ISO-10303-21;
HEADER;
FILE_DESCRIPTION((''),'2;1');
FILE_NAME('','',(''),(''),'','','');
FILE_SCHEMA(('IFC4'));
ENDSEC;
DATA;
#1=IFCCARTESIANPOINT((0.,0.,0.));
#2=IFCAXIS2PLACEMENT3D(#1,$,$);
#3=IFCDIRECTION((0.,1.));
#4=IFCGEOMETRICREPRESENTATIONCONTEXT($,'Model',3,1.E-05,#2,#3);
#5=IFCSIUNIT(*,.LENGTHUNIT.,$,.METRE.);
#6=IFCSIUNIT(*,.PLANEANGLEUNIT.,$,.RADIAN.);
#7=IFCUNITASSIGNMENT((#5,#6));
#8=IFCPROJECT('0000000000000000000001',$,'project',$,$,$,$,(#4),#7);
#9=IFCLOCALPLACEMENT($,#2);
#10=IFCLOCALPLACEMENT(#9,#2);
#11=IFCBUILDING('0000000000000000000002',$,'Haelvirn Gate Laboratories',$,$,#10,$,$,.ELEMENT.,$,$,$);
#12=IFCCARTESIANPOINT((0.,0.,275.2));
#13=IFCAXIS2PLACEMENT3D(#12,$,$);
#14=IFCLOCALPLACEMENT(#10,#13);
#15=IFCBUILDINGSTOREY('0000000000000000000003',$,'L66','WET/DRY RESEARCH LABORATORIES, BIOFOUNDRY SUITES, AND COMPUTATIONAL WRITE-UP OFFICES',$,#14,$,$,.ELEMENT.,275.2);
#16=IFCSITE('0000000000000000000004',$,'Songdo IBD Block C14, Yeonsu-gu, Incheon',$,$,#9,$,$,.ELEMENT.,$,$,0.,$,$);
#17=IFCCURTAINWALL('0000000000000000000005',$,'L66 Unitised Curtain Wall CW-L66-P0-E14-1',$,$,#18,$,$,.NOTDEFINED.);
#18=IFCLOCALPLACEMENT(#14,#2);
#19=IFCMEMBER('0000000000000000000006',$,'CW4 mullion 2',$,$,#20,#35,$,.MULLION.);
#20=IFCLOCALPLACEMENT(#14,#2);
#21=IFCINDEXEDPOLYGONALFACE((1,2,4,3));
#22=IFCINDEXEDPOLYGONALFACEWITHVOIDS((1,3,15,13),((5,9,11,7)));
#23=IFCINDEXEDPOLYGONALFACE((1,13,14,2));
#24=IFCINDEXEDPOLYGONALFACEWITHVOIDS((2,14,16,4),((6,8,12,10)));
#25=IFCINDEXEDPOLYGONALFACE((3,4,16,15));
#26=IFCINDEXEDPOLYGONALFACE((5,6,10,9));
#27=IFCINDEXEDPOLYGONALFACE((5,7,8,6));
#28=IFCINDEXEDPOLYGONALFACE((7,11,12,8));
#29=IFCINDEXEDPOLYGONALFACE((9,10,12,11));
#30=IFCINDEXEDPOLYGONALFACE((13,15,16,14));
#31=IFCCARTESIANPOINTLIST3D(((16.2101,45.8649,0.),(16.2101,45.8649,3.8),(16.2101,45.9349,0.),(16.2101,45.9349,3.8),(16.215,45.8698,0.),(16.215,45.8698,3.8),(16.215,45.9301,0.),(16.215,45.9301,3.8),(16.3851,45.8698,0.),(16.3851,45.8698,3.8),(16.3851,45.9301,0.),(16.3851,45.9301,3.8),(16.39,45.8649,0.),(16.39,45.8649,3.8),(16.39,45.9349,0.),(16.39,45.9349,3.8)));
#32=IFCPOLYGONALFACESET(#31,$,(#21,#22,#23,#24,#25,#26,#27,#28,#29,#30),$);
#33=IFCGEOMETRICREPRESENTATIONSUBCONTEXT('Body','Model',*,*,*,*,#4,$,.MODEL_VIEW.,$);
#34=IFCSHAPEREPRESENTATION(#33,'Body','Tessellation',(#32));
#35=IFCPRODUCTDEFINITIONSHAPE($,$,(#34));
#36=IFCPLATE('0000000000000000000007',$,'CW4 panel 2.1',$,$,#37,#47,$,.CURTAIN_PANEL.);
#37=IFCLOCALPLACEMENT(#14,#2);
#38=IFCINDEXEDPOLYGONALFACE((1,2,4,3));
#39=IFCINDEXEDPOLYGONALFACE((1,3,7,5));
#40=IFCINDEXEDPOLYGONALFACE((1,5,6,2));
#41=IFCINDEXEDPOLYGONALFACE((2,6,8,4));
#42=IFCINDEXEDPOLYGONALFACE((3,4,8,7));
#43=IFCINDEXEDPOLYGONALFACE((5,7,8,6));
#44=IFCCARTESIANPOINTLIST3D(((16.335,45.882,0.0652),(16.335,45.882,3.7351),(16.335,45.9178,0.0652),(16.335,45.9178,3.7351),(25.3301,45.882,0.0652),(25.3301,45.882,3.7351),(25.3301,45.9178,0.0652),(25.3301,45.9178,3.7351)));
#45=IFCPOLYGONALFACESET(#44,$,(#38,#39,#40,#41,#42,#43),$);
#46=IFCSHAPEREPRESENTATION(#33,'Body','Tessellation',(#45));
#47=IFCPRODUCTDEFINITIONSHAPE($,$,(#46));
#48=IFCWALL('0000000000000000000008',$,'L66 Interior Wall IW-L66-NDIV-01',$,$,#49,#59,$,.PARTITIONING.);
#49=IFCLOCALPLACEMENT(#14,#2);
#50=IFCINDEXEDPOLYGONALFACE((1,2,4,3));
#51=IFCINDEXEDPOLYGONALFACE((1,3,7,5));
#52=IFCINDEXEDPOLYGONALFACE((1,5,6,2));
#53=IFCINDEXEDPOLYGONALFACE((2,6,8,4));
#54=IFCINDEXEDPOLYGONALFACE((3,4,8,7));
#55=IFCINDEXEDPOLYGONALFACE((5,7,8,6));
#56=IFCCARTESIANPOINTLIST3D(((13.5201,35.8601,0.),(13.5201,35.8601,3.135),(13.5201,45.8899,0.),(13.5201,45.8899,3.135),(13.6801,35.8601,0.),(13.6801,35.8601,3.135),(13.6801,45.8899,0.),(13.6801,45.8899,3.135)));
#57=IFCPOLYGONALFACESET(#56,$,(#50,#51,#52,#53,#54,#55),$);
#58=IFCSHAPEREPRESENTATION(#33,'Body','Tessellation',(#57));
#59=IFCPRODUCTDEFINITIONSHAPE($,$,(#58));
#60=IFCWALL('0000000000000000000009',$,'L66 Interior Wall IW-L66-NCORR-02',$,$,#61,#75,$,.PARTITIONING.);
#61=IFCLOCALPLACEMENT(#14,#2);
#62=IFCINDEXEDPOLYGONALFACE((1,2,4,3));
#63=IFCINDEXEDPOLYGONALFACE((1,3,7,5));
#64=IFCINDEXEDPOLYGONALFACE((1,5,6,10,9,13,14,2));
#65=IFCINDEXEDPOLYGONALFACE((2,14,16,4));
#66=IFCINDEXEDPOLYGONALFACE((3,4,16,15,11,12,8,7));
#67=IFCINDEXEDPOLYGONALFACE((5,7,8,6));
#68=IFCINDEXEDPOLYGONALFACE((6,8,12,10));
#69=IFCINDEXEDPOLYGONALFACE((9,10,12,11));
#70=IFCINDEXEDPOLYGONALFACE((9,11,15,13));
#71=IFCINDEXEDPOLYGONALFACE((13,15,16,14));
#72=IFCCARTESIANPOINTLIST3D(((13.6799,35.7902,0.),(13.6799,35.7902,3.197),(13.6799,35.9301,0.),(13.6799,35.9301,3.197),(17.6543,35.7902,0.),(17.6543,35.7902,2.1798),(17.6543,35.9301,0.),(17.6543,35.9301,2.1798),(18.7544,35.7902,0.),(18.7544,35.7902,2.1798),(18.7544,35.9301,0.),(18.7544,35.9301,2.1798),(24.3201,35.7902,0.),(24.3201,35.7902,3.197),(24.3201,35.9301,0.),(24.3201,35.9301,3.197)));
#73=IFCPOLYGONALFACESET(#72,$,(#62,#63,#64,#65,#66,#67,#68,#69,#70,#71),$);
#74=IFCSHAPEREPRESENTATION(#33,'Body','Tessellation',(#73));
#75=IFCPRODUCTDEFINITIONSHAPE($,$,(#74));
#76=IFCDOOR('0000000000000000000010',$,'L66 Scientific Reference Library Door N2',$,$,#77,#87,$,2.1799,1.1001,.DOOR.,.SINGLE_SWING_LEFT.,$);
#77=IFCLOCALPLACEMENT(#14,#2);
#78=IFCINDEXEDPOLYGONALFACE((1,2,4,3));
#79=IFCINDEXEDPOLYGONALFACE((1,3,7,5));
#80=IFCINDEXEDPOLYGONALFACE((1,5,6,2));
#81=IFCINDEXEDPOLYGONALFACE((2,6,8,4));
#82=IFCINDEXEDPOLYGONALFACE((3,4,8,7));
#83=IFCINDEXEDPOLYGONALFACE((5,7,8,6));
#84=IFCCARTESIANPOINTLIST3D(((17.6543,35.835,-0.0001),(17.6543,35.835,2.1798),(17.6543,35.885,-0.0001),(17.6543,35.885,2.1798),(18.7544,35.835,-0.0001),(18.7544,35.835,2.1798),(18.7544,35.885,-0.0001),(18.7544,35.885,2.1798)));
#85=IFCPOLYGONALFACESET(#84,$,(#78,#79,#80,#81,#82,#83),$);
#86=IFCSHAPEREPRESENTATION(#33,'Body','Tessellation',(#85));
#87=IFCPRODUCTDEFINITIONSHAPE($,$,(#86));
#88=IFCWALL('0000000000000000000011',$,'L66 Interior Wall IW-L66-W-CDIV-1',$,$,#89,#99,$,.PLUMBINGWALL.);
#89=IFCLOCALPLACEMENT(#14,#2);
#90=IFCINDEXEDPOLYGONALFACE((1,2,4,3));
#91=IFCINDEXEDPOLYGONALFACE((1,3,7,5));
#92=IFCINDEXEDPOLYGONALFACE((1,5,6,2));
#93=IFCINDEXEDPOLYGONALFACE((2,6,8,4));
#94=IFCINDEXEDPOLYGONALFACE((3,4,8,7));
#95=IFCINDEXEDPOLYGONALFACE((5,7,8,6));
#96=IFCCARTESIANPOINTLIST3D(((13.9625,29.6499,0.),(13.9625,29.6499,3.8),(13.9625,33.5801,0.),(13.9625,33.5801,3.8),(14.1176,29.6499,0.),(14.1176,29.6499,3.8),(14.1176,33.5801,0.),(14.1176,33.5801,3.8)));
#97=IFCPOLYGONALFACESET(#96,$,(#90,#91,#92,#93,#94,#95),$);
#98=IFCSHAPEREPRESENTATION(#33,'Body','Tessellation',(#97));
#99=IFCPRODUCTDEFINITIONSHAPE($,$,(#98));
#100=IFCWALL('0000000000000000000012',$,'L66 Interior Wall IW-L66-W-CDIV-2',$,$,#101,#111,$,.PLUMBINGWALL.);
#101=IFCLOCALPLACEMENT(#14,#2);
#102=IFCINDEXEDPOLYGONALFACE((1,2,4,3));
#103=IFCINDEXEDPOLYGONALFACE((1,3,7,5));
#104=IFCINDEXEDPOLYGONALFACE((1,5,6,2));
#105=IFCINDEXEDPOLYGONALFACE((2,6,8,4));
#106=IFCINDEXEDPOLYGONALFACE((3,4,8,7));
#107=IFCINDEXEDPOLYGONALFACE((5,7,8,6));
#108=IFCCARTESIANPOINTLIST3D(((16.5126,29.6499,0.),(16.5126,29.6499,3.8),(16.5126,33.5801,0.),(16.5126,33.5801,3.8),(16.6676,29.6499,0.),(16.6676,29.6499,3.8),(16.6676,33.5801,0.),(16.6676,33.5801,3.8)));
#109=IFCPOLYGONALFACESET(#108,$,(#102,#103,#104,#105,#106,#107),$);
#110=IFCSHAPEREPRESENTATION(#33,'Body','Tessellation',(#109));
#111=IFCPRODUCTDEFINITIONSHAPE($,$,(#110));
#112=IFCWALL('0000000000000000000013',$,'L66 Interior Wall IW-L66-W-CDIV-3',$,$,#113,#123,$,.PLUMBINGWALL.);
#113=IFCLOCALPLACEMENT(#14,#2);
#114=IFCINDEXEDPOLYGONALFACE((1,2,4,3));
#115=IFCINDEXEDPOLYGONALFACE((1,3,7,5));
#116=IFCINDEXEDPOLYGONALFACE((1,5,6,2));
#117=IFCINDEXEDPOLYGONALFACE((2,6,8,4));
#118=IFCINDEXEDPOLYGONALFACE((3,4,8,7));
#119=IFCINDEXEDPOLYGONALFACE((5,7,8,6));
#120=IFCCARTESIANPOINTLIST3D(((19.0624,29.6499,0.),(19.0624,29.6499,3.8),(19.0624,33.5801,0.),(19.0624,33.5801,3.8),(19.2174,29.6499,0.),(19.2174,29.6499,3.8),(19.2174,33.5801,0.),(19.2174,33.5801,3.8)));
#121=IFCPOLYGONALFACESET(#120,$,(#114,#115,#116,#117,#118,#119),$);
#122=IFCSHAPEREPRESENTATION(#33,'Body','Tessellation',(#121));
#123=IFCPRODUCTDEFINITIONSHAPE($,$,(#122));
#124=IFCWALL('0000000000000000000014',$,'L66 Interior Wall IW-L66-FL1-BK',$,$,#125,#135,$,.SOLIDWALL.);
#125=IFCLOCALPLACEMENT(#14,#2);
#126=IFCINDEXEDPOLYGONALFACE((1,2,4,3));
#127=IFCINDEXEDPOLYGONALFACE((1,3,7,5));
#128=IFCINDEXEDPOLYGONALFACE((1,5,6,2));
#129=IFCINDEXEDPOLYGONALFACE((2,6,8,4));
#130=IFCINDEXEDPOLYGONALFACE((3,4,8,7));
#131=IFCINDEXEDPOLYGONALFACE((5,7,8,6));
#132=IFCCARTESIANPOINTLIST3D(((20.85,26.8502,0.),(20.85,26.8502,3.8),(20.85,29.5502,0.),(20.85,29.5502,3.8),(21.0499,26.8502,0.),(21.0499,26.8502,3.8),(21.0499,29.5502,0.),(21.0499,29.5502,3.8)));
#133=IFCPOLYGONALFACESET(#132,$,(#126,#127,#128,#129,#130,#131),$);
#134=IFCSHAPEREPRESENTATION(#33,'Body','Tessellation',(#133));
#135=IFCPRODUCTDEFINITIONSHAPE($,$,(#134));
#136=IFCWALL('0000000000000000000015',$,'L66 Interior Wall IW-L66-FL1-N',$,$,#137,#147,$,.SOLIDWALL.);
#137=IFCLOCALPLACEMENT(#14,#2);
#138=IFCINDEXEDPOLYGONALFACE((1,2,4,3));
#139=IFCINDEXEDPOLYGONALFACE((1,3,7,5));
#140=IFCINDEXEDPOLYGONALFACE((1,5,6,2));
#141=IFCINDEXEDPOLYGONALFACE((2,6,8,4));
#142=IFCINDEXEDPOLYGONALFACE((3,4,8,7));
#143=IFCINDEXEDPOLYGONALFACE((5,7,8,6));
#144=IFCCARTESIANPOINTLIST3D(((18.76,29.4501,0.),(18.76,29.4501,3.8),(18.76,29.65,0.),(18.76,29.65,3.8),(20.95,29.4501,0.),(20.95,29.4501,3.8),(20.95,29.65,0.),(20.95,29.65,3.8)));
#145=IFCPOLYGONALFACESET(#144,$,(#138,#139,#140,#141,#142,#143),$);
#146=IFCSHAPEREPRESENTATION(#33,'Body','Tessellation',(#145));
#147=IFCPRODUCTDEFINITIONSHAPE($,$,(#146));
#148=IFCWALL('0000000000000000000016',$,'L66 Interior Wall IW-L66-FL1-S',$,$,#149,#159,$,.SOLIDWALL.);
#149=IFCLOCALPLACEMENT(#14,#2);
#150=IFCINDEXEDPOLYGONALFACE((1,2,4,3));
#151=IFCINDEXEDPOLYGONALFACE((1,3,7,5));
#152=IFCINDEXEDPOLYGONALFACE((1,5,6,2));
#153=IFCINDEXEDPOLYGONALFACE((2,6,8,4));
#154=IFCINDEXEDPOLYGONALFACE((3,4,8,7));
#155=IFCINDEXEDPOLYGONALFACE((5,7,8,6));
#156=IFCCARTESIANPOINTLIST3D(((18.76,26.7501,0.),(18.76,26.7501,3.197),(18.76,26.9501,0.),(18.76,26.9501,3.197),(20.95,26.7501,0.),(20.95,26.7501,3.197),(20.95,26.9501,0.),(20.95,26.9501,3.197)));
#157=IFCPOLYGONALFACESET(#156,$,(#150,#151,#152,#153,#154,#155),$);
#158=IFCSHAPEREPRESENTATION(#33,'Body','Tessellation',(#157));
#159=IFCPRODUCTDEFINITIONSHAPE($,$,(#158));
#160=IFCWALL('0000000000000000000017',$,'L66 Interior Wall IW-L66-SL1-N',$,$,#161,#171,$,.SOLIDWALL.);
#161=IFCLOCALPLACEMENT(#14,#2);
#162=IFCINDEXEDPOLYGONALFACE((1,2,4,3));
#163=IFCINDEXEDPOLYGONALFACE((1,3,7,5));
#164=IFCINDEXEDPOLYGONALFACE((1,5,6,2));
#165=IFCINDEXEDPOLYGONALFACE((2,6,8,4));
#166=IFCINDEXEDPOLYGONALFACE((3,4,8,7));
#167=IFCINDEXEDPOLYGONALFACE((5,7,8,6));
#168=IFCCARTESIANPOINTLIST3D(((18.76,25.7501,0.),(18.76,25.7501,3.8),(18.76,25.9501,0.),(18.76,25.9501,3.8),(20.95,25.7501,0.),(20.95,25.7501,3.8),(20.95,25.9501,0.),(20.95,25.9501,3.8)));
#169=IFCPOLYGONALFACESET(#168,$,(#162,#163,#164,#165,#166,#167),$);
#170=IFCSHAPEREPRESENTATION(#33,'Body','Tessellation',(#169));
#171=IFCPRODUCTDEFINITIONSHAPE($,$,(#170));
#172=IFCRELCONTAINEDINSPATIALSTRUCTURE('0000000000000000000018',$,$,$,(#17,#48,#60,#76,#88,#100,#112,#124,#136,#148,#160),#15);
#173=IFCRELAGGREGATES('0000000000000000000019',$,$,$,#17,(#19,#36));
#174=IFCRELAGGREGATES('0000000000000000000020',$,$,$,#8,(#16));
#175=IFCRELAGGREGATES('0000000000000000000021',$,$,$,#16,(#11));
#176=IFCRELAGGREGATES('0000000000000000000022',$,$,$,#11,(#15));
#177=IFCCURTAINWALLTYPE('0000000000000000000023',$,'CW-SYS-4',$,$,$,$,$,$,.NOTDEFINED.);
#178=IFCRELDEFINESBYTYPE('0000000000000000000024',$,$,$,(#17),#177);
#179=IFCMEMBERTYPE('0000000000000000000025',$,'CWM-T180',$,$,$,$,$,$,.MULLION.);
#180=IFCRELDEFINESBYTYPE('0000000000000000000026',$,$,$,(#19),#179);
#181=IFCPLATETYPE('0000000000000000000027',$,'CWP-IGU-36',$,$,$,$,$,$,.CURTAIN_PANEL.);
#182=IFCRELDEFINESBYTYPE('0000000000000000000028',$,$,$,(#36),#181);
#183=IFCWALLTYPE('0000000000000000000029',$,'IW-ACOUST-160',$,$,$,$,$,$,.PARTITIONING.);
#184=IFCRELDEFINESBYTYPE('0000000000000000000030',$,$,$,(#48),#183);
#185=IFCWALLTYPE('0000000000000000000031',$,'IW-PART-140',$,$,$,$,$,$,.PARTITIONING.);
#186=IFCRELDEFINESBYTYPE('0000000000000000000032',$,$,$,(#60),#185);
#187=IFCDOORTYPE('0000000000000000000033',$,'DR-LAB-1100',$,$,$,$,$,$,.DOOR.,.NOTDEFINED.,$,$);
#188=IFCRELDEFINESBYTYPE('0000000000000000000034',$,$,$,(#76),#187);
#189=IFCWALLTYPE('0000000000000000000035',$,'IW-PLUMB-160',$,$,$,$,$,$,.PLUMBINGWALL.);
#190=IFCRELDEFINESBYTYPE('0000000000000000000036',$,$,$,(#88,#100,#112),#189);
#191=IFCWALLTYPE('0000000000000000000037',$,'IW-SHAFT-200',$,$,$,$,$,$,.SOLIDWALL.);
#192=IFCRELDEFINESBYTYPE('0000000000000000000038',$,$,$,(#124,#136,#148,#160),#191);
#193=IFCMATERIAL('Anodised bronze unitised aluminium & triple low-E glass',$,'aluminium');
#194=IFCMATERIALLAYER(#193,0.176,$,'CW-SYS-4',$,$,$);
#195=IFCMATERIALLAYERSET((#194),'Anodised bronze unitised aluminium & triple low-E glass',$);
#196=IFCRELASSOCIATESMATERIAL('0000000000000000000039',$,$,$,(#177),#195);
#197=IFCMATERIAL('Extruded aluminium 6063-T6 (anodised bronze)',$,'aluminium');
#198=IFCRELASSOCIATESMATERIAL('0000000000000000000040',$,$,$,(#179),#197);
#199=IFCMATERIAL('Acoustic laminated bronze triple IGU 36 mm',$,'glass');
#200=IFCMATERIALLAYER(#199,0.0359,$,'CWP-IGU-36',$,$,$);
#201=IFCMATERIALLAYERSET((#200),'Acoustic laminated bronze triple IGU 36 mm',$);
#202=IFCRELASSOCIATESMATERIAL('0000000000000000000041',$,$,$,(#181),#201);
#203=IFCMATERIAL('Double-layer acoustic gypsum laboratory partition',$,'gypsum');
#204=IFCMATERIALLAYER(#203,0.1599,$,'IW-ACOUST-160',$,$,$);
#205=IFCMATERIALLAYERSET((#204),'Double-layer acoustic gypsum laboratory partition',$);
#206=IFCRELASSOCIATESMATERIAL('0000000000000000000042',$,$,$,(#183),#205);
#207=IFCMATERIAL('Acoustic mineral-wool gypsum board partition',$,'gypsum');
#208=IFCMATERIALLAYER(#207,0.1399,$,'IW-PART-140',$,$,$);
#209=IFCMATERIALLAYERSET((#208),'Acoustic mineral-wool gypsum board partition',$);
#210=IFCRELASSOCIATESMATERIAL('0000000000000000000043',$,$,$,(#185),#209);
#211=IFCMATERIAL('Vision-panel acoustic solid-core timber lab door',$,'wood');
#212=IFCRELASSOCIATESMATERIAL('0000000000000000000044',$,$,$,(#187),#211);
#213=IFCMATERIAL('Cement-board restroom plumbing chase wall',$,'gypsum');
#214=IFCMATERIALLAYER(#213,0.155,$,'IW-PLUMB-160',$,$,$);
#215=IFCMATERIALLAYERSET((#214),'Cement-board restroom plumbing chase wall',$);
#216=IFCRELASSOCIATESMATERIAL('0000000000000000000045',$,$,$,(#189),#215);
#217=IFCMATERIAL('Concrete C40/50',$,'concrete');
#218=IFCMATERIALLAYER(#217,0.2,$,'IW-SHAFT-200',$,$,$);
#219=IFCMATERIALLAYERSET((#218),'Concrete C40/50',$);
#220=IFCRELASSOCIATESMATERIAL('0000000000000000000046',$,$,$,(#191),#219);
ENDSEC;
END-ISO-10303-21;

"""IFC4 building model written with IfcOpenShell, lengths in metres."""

from ifc_helpers import new_model, si_unit, direction, frame, frame_2d, origin, origin_2d, place, context, subcontext, project, spatial, rectangle, hollow_rectangle, extrude, source, transform, mapped, material, layer, layer_set, material_profile, profile_set, type_object, type_shapes, element, fill, aggregate, save


model = new_model("IFC4")

# Units and contexts
model_context = context("Model", 3, precision=1e-05, world=origin(), true_north=direction((0.0, 1.0)))
body_context = subcontext(model_context, "Body", "Model", "MODEL_VIEW")
ifc_project = project(units=[si_unit("LENGTHUNIT", "METRE"), si_unit("PLANEANGLEUNIT", "RADIAN")], contexts=[model_context])

# Site, building, storey
site_placement = place(None, origin())
site = spatial("IfcSite", under=ifc_project, at=site_placement, Name="Songdo IBD Block C14, Yeonsu-gu, Incheon", CompositionType="ELEMENT", RefElevation=0.0)
building_placement = place(site_placement, origin())
building = spatial("IfcBuilding", under=site, at=building_placement, Name="Haelvirn Gate Laboratories", CompositionType="ELEMENT")
storey_placement = place(building_placement, frame((0.0, 0.0, 275.2)))
storey = spatial("IfcBuildingStorey", under=building, at=storey_placement, Name="L66", Description="WET/DRY RESEARCH LABORATORIES, BIOFOUNDRY SUITES, AND COMPUTATIONAL WRITE-UP OFFICES", CompositionType="ELEMENT", Elevation=275.2)

# Curtain wall, member, plate
ifc_material_1 = material(Name="Anodised bronze unitised aluminium & triple low-E glass", Category="aluminium")
ifc_layer_1 = layer(ifc_material_1, 0.176, Name="CW-SYS-4")
ifc_layer_set_1 = layer_set([ifc_layer_1], Name="Anodised bronze unitised aluminium & triple low-E glass")
curtain_wall_type = type_object("IfcCurtainWallType", Name="CW-SYS-4", PredefinedType="NOTDEFINED", material=ifc_layer_set_1)
curtain_wall_placement = place(storey_placement, origin())
curtain_wall = element("IfcCurtainWall", 1, at=curtain_wall_placement, inside=storey, type_object=curtain_wall_type, Name="L66 Unitised Curtain Wall CW-L66-P0-E14-1", PredefinedType="NOTDEFINED")
ifc_material_2 = material(Name="Extruded aluminium 6063-T6 (anodised bronze)", Category="aluminium")
ifc_material_profile_1 = material_profile(ifc_material_2, hollow_rectangle(XDim=0.0701, YDim=0.1799, WallThickness=0.0049, at=origin_2d()), Name="CWM-180x70x5")
ifc_profile_set_1 = profile_set([ifc_material_profile_1], Name="Extruded aluminium 6063-T6 (anodised bronze)")
member_type_1 = type_object("IfcMemberType", Name="CWM-T180", PredefinedType="MULLION", material=ifc_profile_set_1)
shared_shape_1 = source(origin(), body_context, "Body", "SweptSolid", [
    extrude(hollow_rectangle(XDim=0.0701, YDim=0.1799, WallThickness=0.0049, at=origin_2d()), origin(), (0.0, 0.0, 1.0), 3.8),
])
type_shapes(member_type_1, [shared_shape_1])
member_1_placement = place(storey_placement, frame((16.3, 45.8999, 0.0), z_axis=(0.0, 0.0, 1.0), x_axis=(0.0, 1.0, 0.0)))
member_1 = element("IfcMember", 2, at=member_1_placement, type_object=member_type_1, Name="CW4 mullion 2", PredefinedType="MULLION", context=body_context, shape_type="MappedRepresentation", body=[
    mapped(shared_shape_1, transform((0.0, 0.0, 0.0), scale=1.0)),
])
ifc_material_3 = material(Name="Acoustic laminated bronze triple IGU 36 mm", Category="glass")
ifc_layer_2 = layer(ifc_material_3, 0.0359, Name="CWP-IGU-36")
ifc_layer_set_2 = layer_set([ifc_layer_2], Name="Acoustic laminated bronze triple IGU 36 mm")
plate_type = type_object("IfcPlateType", Name="CWP-IGU-36", PredefinedType="CURTAIN_PANEL", material=ifc_layer_set_2)
shared_shape_2 = source(origin(), body_context, "Body", "SweptSolid", [
    extrude(rectangle(XDim=8.9951, YDim=0.0359, at=origin_2d()), origin(), (0.0, 0.0, 1.0), 3.6699),
])
type_shapes(plate_type, [shared_shape_2])
plate_placement = place(storey_placement, frame((20.8325, 45.8999, 0.0652), z_axis=(0.0, 0.0, 1.0), x_axis=(1.0, 0.0, 0.0)))
plate = element("IfcPlate", 3, at=plate_placement, type_object=plate_type, Name="CW4 panel 2.1", PredefinedType="CURTAIN_PANEL", context=body_context, shape_type="MappedRepresentation", body=[
    mapped(shared_shape_2, transform((0.0, 0.0, 0.0), scale=1.0)),
])
aggregate(curtain_wall, [member_1, plate])

# Wall
ifc_material_4 = material(Name="Double-layer acoustic gypsum laboratory partition", Category="gypsum")
ifc_layer_3 = layer(ifc_material_4, 0.1599, Name="IW-ACOUST-160")
ifc_layer_set_3 = layer_set([ifc_layer_3], Name="Double-layer acoustic gypsum laboratory partition")
wall_type_1 = type_object("IfcWallType", Name="IW-ACOUST-160", PredefinedType="PARTITIONING", material=ifc_layer_set_3)
wall_1_placement = place(storey_placement, frame((13.6001, 35.8601, 0.0), z_axis=(0.0, 0.0, 1.0), x_axis=(0.0, 1.0, 0.0)))
element("IfcWall", 4, at=wall_1_placement, inside=storey, type_object=wall_type_1, Name="L66 Interior Wall IW-L66-NDIV-01", PredefinedType="PARTITIONING", context=body_context, shape_type="SweptSolid", body=[
    extrude(rectangle(XDim=10.0298, YDim=0.1599, at=frame_2d((5.0149, 0.0))), origin(), (0.0, 0.0, 1.0), 3.135),
])

# Wall, opening, door
ifc_material_5 = material(Name="Acoustic mineral-wool gypsum board partition", Category="gypsum")
ifc_layer_4 = layer(ifc_material_5, 0.1399, Name="IW-PART-140")
ifc_layer_set_4 = layer_set([ifc_layer_4], Name="Acoustic mineral-wool gypsum board partition")
wall_type_2 = type_object("IfcWallType", Name="IW-PART-140", PredefinedType="PARTITIONING", material=ifc_layer_set_4)
wall_2_placement = place(storey_placement, frame((13.6799, 35.8601, 0.0), z_axis=(0.0, 0.0, 1.0), x_axis=(1.0, 0.0, 0.0)))
wall_2 = element("IfcWall", 5, at=wall_2_placement, inside=storey, type_object=wall_type_2, Name="L66 Interior Wall IW-L66-NCORR-02", PredefinedType="PARTITIONING", context=body_context, shape_type="SweptSolid", body=[
    extrude(rectangle(XDim=10.6401, YDim=0.1399, at=frame_2d((5.3201, 0.0))), origin(), (0.0, 0.0, 1.0), 3.197),
])
opening_placement = place(wall_2_placement, frame((3.9744, 0.0, 0.0)))
opening = element("IfcOpeningElement", 6, at=opening_placement, cuts=wall_2, PredefinedType="OPENING", context=body_context, shape_type="SweptSolid", body=[
    extrude(rectangle(XDim=1.1001, YDim=2.1799, at=frame_2d((0.55, 1.0898))), frame((0.0, 0.0801, 0.0), z_axis=(0.0, -1.0, 0.0), x_axis=(1.0, 0.0, 0.0)), (0.0, 0.0, 1.0), 0.1599),
])
ifc_material_6 = material(Name="Vision-panel acoustic solid-core timber lab door", Category="wood")
door_type = type_object("IfcDoorType", Name="DR-LAB-1100", OperationType="NOTDEFINED", PredefinedType="DOOR", material=ifc_material_6)
shared_shape_3 = source(origin(), body_context, "Body", "SweptSolid", [
    extrude(rectangle(XDim=1.1001, YDim=2.1799, at=frame_2d((0.55, 1.0898))), frame((0.0, 0.0249, 0.0), z_axis=(0.0, -1.0, 0.0), x_axis=(1.0, 0.0, 0.0)), (0.0, 0.0, 1.0), 0.05),
])
type_shapes(door_type, [shared_shape_3])
door_placement = place(opening_placement, origin())
door = element("IfcDoor", 7, at=door_placement, inside=storey, type_object=door_type, Name="L66 Scientific Reference Library Door N2", OperationType="SINGLE_SWING_LEFT", OverallHeight=2.1799, OverallWidth=1.1001, PredefinedType="DOOR", context=body_context, shape_type="MappedRepresentation", body=[
    mapped(shared_shape_3, transform((0.0, 0.0, 0.0), scale=1.0)),
])
fill(opening, door)

# Walls
ifc_material_7 = material(Name="Cement-board restroom plumbing chase wall", Category="gypsum")
ifc_layer_5 = layer(ifc_material_7, 0.155, Name="IW-PLUMB-160")
ifc_layer_set_5 = layer_set([ifc_layer_5], Name="Cement-board restroom plumbing chase wall")
wall_type_3 = type_object("IfcWallType", Name="IW-PLUMB-160", PredefinedType="PLUMBINGWALL", material=ifc_layer_set_5)
for number, where, z_axis, x_axis, name in (
    (8, (14.04, 29.6499, 0.0), (0.0, 0.0, 1.0), (0.0, 1.0, 0.0), "L66 Interior Wall IW-L66-W-CDIV-1"),
    (9, (16.5901, 29.6499, 0.0), (0.0, 0.0, 1.0), (0.0, 1.0, 0.0), "L66 Interior Wall IW-L66-W-CDIV-2"),
    (10, (19.1399, 29.6499, 0.0), (0.0, 0.0, 1.0), (0.0, 1.0, 0.0), "L66 Interior Wall IW-L66-W-CDIV-3"),
):
    element("IfcWall", number, at=place(storey_placement, frame(where, z_axis=z_axis, x_axis=x_axis)), inside=storey, type_object=wall_type_3, Name=name, PredefinedType="PLUMBINGWALL", context=body_context, shape_type="SweptSolid", body=[
        extrude(rectangle(XDim=3.9302, YDim=0.155, at=frame_2d((1.9651, 0.0))), origin(), (0.0, 0.0, 1.0), 3.8),
    ])
ifc_material_8 = material(Name="Concrete C40/50", Category="concrete")
ifc_layer_6 = layer(ifc_material_8, 0.2, Name="IW-SHAFT-200")
ifc_layer_set_6 = layer_set([ifc_layer_6], Name="Concrete C40/50")
wall_type_4 = type_object("IfcWallType", Name="IW-SHAFT-200", PredefinedType="SOLIDWALL", material=ifc_layer_set_6)
wall_3_placement = place(storey_placement, frame((20.95, 26.8501, 0.0), z_axis=(0.0, 0.0, 1.0), x_axis=(0.0, 1.0, 0.0)))
element("IfcWall", 11, at=wall_3_placement, inside=storey, type_object=wall_type_4, Name="L66 Interior Wall IW-L66-FL1-BK", PredefinedType="SOLIDWALL", context=body_context, shape_type="SweptSolid", body=[
    extrude(rectangle(XDim=2.7, YDim=0.2, at=frame_2d((1.3501, 0.0))), origin(), (0.0, 0.0, 1.0), 3.8),
])
wall_4_placement = place(storey_placement, frame((18.76, 29.55, 0.0), z_axis=(0.0, 0.0, 1.0), x_axis=(1.0, 0.0, 0.0)))
element("IfcWall", 12, at=wall_4_placement, inside=storey, type_object=wall_type_4, Name="L66 Interior Wall IW-L66-FL1-N", PredefinedType="SOLIDWALL", context=body_context, shape_type="SweptSolid", body=[
    extrude(rectangle(XDim=2.1899, YDim=0.2, at=frame_2d((1.095, 0.0))), origin(), (0.0, 0.0, 1.0), 3.8),
])
wall_5_placement = place(storey_placement, frame((18.76, 26.8501, 0.0), z_axis=(0.0, 0.0, 1.0), x_axis=(1.0, 0.0, 0.0)))
element("IfcWall", 13, at=wall_5_placement, inside=storey, type_object=wall_type_4, Name="L66 Interior Wall IW-L66-FL1-S", PredefinedType="SOLIDWALL", context=body_context, shape_type="SweptSolid", body=[
    extrude(rectangle(XDim=2.1899, YDim=0.2, at=frame_2d((1.095, 0.0))), origin(), (0.0, 0.0, 1.0), 3.197),
])
wall_6_placement = place(storey_placement, frame((18.76, 25.8501, 0.0), z_axis=(0.0, 0.0, 1.0), x_axis=(1.0, 0.0, 0.0)))
element("IfcWall", 14, at=wall_6_placement, inside=storey, type_object=wall_type_4, Name="L66 Interior Wall IW-L66-SL1-N", PredefinedType="SOLIDWALL", context=body_context, shape_type="SweptSolid", body=[
    extrude(rectangle(XDim=2.1899, YDim=0.2, at=frame_2d((1.095, 0.0))), origin(), (0.0, 0.0, 1.0), 3.8),
])

save(model, "model.ifc")
